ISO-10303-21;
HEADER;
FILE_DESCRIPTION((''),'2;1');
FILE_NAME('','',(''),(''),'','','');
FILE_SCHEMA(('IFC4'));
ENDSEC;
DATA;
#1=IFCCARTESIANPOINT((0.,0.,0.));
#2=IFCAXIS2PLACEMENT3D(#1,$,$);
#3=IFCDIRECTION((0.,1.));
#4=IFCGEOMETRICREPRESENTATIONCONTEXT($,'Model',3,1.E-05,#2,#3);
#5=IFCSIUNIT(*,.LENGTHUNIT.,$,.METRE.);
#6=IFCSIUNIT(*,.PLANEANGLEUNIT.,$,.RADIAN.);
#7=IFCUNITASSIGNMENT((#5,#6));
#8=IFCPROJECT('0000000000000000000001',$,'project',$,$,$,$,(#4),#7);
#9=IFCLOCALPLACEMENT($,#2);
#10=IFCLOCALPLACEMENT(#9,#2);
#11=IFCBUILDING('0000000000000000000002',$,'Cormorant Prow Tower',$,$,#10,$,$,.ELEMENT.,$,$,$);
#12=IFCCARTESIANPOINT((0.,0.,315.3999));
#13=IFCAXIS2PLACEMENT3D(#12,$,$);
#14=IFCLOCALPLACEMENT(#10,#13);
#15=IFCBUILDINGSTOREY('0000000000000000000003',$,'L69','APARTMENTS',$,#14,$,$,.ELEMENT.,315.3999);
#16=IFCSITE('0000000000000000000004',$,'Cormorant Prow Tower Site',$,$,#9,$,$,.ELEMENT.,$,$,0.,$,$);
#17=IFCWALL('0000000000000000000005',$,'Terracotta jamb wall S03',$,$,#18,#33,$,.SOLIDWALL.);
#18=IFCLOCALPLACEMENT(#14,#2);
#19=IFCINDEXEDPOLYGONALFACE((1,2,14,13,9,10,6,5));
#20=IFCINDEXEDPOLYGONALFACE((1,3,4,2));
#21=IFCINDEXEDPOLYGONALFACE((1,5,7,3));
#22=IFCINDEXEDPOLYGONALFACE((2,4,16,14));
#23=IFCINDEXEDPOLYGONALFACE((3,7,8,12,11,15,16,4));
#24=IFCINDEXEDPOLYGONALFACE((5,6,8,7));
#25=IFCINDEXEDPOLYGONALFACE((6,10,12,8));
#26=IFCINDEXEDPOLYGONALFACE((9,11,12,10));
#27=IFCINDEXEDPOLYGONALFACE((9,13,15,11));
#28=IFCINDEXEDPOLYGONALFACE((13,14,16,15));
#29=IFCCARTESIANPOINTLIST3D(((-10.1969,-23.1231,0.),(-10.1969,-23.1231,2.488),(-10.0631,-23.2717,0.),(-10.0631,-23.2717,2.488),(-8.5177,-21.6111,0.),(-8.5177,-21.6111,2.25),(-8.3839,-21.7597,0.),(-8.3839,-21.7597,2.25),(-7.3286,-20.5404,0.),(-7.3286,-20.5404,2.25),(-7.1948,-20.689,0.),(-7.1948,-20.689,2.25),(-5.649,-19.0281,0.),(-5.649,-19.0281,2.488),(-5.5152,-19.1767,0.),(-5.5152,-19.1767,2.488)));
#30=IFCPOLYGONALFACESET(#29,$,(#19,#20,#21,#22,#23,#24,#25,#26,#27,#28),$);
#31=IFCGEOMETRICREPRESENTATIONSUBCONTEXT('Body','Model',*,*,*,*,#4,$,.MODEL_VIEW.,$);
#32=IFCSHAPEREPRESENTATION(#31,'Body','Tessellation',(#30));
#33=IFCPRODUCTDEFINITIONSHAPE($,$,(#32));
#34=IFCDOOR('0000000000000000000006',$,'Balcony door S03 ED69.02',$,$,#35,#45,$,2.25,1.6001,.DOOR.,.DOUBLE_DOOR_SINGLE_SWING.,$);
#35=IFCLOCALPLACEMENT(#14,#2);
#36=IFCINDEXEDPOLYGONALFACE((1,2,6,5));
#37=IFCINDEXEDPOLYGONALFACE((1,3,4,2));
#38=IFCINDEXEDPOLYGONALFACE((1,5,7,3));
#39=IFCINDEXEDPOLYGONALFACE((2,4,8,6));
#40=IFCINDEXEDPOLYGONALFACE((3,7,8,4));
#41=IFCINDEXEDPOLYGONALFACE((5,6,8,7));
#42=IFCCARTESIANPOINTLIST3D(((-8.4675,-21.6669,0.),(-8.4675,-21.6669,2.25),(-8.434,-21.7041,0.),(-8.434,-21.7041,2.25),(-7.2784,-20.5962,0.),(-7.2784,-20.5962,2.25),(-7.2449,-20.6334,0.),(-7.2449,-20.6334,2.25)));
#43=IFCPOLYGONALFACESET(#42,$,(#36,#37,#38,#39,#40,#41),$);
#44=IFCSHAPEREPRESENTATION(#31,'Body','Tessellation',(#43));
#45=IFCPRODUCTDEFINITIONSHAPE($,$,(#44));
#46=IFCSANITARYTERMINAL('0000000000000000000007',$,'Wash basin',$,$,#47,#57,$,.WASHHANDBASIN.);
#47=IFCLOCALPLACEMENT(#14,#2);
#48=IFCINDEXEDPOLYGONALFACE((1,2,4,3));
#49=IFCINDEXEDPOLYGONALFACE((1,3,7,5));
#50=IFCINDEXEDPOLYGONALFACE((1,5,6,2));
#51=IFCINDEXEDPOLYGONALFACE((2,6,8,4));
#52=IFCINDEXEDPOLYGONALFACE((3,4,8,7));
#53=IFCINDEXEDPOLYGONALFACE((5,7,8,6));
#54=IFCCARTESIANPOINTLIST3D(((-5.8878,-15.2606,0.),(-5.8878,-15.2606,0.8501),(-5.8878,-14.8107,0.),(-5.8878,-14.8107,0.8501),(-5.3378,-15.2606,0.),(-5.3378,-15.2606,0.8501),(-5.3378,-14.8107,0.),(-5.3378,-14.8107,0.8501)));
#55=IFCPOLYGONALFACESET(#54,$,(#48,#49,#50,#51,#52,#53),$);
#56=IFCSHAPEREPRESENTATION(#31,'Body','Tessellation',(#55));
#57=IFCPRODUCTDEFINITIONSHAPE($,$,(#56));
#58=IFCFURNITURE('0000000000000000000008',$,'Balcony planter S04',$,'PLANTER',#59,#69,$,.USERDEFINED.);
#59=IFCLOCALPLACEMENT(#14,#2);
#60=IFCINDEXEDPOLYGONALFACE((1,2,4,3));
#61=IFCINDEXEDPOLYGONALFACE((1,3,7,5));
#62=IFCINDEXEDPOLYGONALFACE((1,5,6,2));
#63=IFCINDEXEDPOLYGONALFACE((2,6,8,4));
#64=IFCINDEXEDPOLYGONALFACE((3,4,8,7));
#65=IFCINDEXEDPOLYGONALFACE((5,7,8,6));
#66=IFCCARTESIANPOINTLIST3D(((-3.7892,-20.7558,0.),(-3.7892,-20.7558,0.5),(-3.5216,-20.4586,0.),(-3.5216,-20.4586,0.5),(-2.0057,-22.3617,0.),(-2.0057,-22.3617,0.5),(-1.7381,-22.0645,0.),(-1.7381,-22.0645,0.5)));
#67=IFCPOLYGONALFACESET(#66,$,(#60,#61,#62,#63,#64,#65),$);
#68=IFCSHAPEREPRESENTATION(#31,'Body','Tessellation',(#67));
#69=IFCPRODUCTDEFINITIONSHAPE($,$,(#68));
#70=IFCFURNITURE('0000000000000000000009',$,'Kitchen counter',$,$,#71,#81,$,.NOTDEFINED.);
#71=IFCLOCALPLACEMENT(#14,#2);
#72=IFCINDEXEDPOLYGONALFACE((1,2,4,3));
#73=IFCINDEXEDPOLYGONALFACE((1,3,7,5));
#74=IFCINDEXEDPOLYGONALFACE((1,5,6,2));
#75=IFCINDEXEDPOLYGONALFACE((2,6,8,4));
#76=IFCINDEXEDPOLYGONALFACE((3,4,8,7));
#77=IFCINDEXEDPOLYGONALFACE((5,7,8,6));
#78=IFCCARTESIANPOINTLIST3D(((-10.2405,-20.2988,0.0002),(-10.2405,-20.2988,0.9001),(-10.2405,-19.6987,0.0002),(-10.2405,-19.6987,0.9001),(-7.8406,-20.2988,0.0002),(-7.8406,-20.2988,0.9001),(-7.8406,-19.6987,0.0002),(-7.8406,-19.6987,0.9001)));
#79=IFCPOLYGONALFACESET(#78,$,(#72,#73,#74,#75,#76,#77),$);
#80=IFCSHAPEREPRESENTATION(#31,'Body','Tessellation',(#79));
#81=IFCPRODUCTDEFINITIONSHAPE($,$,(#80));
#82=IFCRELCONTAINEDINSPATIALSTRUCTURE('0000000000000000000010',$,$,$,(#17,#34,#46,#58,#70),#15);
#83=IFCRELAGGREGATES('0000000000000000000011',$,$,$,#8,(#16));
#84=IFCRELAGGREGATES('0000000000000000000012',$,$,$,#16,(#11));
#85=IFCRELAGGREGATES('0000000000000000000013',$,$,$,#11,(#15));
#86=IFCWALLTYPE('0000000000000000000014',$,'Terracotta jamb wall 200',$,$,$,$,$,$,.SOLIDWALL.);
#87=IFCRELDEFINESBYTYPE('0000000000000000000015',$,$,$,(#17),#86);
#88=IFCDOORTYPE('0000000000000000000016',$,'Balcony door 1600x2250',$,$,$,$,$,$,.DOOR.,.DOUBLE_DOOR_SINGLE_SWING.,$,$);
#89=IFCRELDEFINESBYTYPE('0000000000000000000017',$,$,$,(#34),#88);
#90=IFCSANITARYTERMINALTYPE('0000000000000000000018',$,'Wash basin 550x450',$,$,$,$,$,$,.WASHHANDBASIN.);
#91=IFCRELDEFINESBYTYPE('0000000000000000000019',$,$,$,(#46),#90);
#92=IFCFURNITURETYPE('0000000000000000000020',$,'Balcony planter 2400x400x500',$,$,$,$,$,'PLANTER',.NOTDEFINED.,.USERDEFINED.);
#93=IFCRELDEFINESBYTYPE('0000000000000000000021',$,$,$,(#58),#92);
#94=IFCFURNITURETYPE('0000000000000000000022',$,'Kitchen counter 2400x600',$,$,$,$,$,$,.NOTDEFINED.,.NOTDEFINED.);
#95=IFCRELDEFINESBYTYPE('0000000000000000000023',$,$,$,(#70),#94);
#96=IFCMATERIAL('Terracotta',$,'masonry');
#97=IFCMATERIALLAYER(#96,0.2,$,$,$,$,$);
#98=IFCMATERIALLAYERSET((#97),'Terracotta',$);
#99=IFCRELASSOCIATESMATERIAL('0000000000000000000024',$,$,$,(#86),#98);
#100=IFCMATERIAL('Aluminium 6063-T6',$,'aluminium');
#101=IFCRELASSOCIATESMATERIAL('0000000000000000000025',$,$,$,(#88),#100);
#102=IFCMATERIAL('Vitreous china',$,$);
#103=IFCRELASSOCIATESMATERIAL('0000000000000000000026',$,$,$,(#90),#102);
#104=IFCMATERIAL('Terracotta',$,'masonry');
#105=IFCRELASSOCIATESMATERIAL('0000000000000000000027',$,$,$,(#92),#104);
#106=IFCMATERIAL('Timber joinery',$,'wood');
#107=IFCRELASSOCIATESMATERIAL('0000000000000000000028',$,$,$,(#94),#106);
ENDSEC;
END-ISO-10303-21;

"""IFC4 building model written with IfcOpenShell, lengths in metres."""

from ifc_helpers import new_model, si_unit, direction, frame, frame_2d, origin, origin_2d, place, context, subcontext, project, spatial, rectangle, extrude, material, layer, layer_set, type_object, element, fill, save


model = new_model("IFC4")

# Units and contexts
model_context = context("Model", 3, precision=1e-05, world=origin(), true_north=direction((0.0, 1.0)))
body_context = subcontext(model_context, "Body", "Model", "MODEL_VIEW")
ifc_project = project(units=[si_unit("LENGTHUNIT", "METRE"), si_unit("PLANEANGLEUNIT", "RADIAN")], contexts=[model_context])

# Site, building, storey
site_placement = place(None, origin())
site = spatial("IfcSite", under=ifc_project, at=site_placement, Name="Cormorant Prow Tower Site", CompositionType="ELEMENT", RefElevation=0.0)
building_placement = place(site_placement, origin())
building = spatial("IfcBuilding", under=site, at=building_placement, Name="Cormorant Prow Tower", CompositionType="ELEMENT")
storey_placement = place(building_placement, frame((0.0, 0.0, 315.3999)))
storey = spatial("IfcBuildingStorey", under=building, at=storey_placement, Name="L69", Description="APARTMENTS", CompositionType="ELEMENT", Elevation=315.3999)

# Wall, opening, door
ifc_material_1 = material(Name="Terracotta", Category="masonry")
ifc_layer_1 = layer(ifc_material_1, 0.2)
ifc_layer_set_1 = layer_set([ifc_layer_1], Name="Terracotta")
wall_type_1 = type_object("IfcWallType", Name="Terracotta jamb wall 200", PredefinedType="SOLIDWALL", material=ifc_layer_set_1)
wall_1_placement = place(storey_placement, frame((-10.1301, -23.1975, 0.0), z_axis=(0.0, 0.0, 1.0), x_axis=(0.743139, 0.669137, 0.0)))
wall_1 = element("IfcWall", 1, at=wall_1_placement, inside=storey, type_object=wall_type_1, Name="Terracotta jamb wall S03", PredefinedType="SOLIDWALL", context=body_context, shape_type="SweptSolid", body=[
    extrude(rectangle(XDim=6.1199, YDim=0.2, at=frame_2d((3.0601, 0.0))), origin(), (0.0, 0.0, 1.0), 2.488),
])
opening_1_placement = place(wall_1_placement, frame((2.2598, 0.0, 0.0)))
opening_1 = element("IfcOpeningElement", 2, at=opening_1_placement, cuts=wall_1, PredefinedType="OPENING", context=body_context, shape_type="SweptSolid", body=[
    extrude(rectangle(XDim=1.6001, YDim=2.25, at=frame_2d((0.8, 1.125))), frame((0.0, 0.1099, 0.0), z_axis=(0.0, -1.0, 0.0), x_axis=(1.0, 0.0, 0.0)), (0.0, 0.0, 1.0), 0.22),
])
ifc_material_2 = material(Name="Aluminium 6063-T6", Category="aluminium")
door_type_1 = type_object("IfcDoorType", Name="Balcony door 1600x2250", OperationType="DOUBLE_DOOR_SINGLE_SWING", PredefinedType="DOOR", material=ifc_material_2)
door_1_placement = place(opening_1_placement, origin())
door_1 = element("IfcDoor", 3, at=door_1_placement, inside=storey, type_object=door_type_1, Name="Balcony door S03 ED69.02", OperationType="DOUBLE_DOOR_SINGLE_SWING", OverallHeight=2.25, OverallWidth=1.6001, PredefinedType="DOOR", context=body_context, shape_type="SweptSolid", body=[
    extrude(rectangle(XDim=1.6001, YDim=2.25, at=frame_2d((0.8, 1.125))), frame((0.0, 0.0249, 0.0), z_axis=(0.0, -1.0, 0.0), x_axis=(1.0, 0.0, 0.0)), (0.0, 0.0, 1.0), 0.05),
])
fill(opening_1, door_1)

# Sanitary terminal
ifc_material_3 = material(Name="Vitreous china")
sanitary_terminal_type = type_object("IfcSanitaryTerminalType", Name="Wash basin 550x450", PredefinedType="WASHHANDBASIN", material=ifc_material_3)
sanitary_terminal_placement = place(storey_placement, frame((-5.6128, -15.0356, 0.0), z_axis=(0.0, 0.0, 1.0), x_axis=(-1.0, 0.0, 0.0)))
element("IfcSanitaryTerminal", 4, at=sanitary_terminal_placement, inside=storey, type_object=sanitary_terminal_type, Name="Wash basin", PredefinedType="WASHHANDBASIN", context=body_context, shape_type="SweptSolid", body=[
    extrude(rectangle(XDim=0.55, YDim=0.45, at=origin_2d()), origin(), (0.0, 0.0, 1.0), 0.8501),
])

# Furniture
ifc_material_4 = material(Name="Terracotta", Category="masonry")
furniture_type_1 = type_object("IfcFurnitureType", Name="Balcony planter 2400x400x500", ElementType="PLANTER", AssemblyPlace="NOTDEFINED", PredefinedType="USERDEFINED", material=ifc_material_4)
furniture_1_placement = place(storey_placement, frame((-2.7637, -21.4102, 0.0), z_axis=(0.0, 0.0, 1.0), x_axis=(0.743145, -0.669131, 0.0)))
element("IfcFurniture", 5, at=furniture_1_placement, inside=storey, type_object=furniture_type_1, Name="Balcony planter S04", ObjectType="PLANTER", PredefinedType="USERDEFINED", context=body_context, shape_type="SweptSolid", body=[
    extrude(rectangle(XDim=2.3999, YDim=0.3999, at=origin_2d()), origin(), (0.0, 0.0, 1.0), 0.5),
])
ifc_material_5 = material(Name="Timber joinery", Category="wood")
furniture_type_2 = type_object("IfcFurnitureType", Name="Kitchen counter 2400x600", AssemblyPlace="NOTDEFINED", PredefinedType="NOTDEFINED", material=ifc_material_5)
furniture_2_placement = place(storey_placement, frame((-9.0405, -19.9988, 0.0002), z_axis=(0.0, 0.0, 1.0), x_axis=(1.0, 0.0, 0.0)))
element("IfcFurniture", 6, at=furniture_2_placement, inside=storey, type_object=furniture_type_2, Name="Kitchen counter", PredefinedType="NOTDEFINED", context=body_context, shape_type="SweptSolid", body=[
    extrude(rectangle(XDim=2.3999, YDim=0.6001, at=origin_2d()), origin(), (0.0, 0.0, 1.0), 0.8999),
])

save(model, "model.ifc")
